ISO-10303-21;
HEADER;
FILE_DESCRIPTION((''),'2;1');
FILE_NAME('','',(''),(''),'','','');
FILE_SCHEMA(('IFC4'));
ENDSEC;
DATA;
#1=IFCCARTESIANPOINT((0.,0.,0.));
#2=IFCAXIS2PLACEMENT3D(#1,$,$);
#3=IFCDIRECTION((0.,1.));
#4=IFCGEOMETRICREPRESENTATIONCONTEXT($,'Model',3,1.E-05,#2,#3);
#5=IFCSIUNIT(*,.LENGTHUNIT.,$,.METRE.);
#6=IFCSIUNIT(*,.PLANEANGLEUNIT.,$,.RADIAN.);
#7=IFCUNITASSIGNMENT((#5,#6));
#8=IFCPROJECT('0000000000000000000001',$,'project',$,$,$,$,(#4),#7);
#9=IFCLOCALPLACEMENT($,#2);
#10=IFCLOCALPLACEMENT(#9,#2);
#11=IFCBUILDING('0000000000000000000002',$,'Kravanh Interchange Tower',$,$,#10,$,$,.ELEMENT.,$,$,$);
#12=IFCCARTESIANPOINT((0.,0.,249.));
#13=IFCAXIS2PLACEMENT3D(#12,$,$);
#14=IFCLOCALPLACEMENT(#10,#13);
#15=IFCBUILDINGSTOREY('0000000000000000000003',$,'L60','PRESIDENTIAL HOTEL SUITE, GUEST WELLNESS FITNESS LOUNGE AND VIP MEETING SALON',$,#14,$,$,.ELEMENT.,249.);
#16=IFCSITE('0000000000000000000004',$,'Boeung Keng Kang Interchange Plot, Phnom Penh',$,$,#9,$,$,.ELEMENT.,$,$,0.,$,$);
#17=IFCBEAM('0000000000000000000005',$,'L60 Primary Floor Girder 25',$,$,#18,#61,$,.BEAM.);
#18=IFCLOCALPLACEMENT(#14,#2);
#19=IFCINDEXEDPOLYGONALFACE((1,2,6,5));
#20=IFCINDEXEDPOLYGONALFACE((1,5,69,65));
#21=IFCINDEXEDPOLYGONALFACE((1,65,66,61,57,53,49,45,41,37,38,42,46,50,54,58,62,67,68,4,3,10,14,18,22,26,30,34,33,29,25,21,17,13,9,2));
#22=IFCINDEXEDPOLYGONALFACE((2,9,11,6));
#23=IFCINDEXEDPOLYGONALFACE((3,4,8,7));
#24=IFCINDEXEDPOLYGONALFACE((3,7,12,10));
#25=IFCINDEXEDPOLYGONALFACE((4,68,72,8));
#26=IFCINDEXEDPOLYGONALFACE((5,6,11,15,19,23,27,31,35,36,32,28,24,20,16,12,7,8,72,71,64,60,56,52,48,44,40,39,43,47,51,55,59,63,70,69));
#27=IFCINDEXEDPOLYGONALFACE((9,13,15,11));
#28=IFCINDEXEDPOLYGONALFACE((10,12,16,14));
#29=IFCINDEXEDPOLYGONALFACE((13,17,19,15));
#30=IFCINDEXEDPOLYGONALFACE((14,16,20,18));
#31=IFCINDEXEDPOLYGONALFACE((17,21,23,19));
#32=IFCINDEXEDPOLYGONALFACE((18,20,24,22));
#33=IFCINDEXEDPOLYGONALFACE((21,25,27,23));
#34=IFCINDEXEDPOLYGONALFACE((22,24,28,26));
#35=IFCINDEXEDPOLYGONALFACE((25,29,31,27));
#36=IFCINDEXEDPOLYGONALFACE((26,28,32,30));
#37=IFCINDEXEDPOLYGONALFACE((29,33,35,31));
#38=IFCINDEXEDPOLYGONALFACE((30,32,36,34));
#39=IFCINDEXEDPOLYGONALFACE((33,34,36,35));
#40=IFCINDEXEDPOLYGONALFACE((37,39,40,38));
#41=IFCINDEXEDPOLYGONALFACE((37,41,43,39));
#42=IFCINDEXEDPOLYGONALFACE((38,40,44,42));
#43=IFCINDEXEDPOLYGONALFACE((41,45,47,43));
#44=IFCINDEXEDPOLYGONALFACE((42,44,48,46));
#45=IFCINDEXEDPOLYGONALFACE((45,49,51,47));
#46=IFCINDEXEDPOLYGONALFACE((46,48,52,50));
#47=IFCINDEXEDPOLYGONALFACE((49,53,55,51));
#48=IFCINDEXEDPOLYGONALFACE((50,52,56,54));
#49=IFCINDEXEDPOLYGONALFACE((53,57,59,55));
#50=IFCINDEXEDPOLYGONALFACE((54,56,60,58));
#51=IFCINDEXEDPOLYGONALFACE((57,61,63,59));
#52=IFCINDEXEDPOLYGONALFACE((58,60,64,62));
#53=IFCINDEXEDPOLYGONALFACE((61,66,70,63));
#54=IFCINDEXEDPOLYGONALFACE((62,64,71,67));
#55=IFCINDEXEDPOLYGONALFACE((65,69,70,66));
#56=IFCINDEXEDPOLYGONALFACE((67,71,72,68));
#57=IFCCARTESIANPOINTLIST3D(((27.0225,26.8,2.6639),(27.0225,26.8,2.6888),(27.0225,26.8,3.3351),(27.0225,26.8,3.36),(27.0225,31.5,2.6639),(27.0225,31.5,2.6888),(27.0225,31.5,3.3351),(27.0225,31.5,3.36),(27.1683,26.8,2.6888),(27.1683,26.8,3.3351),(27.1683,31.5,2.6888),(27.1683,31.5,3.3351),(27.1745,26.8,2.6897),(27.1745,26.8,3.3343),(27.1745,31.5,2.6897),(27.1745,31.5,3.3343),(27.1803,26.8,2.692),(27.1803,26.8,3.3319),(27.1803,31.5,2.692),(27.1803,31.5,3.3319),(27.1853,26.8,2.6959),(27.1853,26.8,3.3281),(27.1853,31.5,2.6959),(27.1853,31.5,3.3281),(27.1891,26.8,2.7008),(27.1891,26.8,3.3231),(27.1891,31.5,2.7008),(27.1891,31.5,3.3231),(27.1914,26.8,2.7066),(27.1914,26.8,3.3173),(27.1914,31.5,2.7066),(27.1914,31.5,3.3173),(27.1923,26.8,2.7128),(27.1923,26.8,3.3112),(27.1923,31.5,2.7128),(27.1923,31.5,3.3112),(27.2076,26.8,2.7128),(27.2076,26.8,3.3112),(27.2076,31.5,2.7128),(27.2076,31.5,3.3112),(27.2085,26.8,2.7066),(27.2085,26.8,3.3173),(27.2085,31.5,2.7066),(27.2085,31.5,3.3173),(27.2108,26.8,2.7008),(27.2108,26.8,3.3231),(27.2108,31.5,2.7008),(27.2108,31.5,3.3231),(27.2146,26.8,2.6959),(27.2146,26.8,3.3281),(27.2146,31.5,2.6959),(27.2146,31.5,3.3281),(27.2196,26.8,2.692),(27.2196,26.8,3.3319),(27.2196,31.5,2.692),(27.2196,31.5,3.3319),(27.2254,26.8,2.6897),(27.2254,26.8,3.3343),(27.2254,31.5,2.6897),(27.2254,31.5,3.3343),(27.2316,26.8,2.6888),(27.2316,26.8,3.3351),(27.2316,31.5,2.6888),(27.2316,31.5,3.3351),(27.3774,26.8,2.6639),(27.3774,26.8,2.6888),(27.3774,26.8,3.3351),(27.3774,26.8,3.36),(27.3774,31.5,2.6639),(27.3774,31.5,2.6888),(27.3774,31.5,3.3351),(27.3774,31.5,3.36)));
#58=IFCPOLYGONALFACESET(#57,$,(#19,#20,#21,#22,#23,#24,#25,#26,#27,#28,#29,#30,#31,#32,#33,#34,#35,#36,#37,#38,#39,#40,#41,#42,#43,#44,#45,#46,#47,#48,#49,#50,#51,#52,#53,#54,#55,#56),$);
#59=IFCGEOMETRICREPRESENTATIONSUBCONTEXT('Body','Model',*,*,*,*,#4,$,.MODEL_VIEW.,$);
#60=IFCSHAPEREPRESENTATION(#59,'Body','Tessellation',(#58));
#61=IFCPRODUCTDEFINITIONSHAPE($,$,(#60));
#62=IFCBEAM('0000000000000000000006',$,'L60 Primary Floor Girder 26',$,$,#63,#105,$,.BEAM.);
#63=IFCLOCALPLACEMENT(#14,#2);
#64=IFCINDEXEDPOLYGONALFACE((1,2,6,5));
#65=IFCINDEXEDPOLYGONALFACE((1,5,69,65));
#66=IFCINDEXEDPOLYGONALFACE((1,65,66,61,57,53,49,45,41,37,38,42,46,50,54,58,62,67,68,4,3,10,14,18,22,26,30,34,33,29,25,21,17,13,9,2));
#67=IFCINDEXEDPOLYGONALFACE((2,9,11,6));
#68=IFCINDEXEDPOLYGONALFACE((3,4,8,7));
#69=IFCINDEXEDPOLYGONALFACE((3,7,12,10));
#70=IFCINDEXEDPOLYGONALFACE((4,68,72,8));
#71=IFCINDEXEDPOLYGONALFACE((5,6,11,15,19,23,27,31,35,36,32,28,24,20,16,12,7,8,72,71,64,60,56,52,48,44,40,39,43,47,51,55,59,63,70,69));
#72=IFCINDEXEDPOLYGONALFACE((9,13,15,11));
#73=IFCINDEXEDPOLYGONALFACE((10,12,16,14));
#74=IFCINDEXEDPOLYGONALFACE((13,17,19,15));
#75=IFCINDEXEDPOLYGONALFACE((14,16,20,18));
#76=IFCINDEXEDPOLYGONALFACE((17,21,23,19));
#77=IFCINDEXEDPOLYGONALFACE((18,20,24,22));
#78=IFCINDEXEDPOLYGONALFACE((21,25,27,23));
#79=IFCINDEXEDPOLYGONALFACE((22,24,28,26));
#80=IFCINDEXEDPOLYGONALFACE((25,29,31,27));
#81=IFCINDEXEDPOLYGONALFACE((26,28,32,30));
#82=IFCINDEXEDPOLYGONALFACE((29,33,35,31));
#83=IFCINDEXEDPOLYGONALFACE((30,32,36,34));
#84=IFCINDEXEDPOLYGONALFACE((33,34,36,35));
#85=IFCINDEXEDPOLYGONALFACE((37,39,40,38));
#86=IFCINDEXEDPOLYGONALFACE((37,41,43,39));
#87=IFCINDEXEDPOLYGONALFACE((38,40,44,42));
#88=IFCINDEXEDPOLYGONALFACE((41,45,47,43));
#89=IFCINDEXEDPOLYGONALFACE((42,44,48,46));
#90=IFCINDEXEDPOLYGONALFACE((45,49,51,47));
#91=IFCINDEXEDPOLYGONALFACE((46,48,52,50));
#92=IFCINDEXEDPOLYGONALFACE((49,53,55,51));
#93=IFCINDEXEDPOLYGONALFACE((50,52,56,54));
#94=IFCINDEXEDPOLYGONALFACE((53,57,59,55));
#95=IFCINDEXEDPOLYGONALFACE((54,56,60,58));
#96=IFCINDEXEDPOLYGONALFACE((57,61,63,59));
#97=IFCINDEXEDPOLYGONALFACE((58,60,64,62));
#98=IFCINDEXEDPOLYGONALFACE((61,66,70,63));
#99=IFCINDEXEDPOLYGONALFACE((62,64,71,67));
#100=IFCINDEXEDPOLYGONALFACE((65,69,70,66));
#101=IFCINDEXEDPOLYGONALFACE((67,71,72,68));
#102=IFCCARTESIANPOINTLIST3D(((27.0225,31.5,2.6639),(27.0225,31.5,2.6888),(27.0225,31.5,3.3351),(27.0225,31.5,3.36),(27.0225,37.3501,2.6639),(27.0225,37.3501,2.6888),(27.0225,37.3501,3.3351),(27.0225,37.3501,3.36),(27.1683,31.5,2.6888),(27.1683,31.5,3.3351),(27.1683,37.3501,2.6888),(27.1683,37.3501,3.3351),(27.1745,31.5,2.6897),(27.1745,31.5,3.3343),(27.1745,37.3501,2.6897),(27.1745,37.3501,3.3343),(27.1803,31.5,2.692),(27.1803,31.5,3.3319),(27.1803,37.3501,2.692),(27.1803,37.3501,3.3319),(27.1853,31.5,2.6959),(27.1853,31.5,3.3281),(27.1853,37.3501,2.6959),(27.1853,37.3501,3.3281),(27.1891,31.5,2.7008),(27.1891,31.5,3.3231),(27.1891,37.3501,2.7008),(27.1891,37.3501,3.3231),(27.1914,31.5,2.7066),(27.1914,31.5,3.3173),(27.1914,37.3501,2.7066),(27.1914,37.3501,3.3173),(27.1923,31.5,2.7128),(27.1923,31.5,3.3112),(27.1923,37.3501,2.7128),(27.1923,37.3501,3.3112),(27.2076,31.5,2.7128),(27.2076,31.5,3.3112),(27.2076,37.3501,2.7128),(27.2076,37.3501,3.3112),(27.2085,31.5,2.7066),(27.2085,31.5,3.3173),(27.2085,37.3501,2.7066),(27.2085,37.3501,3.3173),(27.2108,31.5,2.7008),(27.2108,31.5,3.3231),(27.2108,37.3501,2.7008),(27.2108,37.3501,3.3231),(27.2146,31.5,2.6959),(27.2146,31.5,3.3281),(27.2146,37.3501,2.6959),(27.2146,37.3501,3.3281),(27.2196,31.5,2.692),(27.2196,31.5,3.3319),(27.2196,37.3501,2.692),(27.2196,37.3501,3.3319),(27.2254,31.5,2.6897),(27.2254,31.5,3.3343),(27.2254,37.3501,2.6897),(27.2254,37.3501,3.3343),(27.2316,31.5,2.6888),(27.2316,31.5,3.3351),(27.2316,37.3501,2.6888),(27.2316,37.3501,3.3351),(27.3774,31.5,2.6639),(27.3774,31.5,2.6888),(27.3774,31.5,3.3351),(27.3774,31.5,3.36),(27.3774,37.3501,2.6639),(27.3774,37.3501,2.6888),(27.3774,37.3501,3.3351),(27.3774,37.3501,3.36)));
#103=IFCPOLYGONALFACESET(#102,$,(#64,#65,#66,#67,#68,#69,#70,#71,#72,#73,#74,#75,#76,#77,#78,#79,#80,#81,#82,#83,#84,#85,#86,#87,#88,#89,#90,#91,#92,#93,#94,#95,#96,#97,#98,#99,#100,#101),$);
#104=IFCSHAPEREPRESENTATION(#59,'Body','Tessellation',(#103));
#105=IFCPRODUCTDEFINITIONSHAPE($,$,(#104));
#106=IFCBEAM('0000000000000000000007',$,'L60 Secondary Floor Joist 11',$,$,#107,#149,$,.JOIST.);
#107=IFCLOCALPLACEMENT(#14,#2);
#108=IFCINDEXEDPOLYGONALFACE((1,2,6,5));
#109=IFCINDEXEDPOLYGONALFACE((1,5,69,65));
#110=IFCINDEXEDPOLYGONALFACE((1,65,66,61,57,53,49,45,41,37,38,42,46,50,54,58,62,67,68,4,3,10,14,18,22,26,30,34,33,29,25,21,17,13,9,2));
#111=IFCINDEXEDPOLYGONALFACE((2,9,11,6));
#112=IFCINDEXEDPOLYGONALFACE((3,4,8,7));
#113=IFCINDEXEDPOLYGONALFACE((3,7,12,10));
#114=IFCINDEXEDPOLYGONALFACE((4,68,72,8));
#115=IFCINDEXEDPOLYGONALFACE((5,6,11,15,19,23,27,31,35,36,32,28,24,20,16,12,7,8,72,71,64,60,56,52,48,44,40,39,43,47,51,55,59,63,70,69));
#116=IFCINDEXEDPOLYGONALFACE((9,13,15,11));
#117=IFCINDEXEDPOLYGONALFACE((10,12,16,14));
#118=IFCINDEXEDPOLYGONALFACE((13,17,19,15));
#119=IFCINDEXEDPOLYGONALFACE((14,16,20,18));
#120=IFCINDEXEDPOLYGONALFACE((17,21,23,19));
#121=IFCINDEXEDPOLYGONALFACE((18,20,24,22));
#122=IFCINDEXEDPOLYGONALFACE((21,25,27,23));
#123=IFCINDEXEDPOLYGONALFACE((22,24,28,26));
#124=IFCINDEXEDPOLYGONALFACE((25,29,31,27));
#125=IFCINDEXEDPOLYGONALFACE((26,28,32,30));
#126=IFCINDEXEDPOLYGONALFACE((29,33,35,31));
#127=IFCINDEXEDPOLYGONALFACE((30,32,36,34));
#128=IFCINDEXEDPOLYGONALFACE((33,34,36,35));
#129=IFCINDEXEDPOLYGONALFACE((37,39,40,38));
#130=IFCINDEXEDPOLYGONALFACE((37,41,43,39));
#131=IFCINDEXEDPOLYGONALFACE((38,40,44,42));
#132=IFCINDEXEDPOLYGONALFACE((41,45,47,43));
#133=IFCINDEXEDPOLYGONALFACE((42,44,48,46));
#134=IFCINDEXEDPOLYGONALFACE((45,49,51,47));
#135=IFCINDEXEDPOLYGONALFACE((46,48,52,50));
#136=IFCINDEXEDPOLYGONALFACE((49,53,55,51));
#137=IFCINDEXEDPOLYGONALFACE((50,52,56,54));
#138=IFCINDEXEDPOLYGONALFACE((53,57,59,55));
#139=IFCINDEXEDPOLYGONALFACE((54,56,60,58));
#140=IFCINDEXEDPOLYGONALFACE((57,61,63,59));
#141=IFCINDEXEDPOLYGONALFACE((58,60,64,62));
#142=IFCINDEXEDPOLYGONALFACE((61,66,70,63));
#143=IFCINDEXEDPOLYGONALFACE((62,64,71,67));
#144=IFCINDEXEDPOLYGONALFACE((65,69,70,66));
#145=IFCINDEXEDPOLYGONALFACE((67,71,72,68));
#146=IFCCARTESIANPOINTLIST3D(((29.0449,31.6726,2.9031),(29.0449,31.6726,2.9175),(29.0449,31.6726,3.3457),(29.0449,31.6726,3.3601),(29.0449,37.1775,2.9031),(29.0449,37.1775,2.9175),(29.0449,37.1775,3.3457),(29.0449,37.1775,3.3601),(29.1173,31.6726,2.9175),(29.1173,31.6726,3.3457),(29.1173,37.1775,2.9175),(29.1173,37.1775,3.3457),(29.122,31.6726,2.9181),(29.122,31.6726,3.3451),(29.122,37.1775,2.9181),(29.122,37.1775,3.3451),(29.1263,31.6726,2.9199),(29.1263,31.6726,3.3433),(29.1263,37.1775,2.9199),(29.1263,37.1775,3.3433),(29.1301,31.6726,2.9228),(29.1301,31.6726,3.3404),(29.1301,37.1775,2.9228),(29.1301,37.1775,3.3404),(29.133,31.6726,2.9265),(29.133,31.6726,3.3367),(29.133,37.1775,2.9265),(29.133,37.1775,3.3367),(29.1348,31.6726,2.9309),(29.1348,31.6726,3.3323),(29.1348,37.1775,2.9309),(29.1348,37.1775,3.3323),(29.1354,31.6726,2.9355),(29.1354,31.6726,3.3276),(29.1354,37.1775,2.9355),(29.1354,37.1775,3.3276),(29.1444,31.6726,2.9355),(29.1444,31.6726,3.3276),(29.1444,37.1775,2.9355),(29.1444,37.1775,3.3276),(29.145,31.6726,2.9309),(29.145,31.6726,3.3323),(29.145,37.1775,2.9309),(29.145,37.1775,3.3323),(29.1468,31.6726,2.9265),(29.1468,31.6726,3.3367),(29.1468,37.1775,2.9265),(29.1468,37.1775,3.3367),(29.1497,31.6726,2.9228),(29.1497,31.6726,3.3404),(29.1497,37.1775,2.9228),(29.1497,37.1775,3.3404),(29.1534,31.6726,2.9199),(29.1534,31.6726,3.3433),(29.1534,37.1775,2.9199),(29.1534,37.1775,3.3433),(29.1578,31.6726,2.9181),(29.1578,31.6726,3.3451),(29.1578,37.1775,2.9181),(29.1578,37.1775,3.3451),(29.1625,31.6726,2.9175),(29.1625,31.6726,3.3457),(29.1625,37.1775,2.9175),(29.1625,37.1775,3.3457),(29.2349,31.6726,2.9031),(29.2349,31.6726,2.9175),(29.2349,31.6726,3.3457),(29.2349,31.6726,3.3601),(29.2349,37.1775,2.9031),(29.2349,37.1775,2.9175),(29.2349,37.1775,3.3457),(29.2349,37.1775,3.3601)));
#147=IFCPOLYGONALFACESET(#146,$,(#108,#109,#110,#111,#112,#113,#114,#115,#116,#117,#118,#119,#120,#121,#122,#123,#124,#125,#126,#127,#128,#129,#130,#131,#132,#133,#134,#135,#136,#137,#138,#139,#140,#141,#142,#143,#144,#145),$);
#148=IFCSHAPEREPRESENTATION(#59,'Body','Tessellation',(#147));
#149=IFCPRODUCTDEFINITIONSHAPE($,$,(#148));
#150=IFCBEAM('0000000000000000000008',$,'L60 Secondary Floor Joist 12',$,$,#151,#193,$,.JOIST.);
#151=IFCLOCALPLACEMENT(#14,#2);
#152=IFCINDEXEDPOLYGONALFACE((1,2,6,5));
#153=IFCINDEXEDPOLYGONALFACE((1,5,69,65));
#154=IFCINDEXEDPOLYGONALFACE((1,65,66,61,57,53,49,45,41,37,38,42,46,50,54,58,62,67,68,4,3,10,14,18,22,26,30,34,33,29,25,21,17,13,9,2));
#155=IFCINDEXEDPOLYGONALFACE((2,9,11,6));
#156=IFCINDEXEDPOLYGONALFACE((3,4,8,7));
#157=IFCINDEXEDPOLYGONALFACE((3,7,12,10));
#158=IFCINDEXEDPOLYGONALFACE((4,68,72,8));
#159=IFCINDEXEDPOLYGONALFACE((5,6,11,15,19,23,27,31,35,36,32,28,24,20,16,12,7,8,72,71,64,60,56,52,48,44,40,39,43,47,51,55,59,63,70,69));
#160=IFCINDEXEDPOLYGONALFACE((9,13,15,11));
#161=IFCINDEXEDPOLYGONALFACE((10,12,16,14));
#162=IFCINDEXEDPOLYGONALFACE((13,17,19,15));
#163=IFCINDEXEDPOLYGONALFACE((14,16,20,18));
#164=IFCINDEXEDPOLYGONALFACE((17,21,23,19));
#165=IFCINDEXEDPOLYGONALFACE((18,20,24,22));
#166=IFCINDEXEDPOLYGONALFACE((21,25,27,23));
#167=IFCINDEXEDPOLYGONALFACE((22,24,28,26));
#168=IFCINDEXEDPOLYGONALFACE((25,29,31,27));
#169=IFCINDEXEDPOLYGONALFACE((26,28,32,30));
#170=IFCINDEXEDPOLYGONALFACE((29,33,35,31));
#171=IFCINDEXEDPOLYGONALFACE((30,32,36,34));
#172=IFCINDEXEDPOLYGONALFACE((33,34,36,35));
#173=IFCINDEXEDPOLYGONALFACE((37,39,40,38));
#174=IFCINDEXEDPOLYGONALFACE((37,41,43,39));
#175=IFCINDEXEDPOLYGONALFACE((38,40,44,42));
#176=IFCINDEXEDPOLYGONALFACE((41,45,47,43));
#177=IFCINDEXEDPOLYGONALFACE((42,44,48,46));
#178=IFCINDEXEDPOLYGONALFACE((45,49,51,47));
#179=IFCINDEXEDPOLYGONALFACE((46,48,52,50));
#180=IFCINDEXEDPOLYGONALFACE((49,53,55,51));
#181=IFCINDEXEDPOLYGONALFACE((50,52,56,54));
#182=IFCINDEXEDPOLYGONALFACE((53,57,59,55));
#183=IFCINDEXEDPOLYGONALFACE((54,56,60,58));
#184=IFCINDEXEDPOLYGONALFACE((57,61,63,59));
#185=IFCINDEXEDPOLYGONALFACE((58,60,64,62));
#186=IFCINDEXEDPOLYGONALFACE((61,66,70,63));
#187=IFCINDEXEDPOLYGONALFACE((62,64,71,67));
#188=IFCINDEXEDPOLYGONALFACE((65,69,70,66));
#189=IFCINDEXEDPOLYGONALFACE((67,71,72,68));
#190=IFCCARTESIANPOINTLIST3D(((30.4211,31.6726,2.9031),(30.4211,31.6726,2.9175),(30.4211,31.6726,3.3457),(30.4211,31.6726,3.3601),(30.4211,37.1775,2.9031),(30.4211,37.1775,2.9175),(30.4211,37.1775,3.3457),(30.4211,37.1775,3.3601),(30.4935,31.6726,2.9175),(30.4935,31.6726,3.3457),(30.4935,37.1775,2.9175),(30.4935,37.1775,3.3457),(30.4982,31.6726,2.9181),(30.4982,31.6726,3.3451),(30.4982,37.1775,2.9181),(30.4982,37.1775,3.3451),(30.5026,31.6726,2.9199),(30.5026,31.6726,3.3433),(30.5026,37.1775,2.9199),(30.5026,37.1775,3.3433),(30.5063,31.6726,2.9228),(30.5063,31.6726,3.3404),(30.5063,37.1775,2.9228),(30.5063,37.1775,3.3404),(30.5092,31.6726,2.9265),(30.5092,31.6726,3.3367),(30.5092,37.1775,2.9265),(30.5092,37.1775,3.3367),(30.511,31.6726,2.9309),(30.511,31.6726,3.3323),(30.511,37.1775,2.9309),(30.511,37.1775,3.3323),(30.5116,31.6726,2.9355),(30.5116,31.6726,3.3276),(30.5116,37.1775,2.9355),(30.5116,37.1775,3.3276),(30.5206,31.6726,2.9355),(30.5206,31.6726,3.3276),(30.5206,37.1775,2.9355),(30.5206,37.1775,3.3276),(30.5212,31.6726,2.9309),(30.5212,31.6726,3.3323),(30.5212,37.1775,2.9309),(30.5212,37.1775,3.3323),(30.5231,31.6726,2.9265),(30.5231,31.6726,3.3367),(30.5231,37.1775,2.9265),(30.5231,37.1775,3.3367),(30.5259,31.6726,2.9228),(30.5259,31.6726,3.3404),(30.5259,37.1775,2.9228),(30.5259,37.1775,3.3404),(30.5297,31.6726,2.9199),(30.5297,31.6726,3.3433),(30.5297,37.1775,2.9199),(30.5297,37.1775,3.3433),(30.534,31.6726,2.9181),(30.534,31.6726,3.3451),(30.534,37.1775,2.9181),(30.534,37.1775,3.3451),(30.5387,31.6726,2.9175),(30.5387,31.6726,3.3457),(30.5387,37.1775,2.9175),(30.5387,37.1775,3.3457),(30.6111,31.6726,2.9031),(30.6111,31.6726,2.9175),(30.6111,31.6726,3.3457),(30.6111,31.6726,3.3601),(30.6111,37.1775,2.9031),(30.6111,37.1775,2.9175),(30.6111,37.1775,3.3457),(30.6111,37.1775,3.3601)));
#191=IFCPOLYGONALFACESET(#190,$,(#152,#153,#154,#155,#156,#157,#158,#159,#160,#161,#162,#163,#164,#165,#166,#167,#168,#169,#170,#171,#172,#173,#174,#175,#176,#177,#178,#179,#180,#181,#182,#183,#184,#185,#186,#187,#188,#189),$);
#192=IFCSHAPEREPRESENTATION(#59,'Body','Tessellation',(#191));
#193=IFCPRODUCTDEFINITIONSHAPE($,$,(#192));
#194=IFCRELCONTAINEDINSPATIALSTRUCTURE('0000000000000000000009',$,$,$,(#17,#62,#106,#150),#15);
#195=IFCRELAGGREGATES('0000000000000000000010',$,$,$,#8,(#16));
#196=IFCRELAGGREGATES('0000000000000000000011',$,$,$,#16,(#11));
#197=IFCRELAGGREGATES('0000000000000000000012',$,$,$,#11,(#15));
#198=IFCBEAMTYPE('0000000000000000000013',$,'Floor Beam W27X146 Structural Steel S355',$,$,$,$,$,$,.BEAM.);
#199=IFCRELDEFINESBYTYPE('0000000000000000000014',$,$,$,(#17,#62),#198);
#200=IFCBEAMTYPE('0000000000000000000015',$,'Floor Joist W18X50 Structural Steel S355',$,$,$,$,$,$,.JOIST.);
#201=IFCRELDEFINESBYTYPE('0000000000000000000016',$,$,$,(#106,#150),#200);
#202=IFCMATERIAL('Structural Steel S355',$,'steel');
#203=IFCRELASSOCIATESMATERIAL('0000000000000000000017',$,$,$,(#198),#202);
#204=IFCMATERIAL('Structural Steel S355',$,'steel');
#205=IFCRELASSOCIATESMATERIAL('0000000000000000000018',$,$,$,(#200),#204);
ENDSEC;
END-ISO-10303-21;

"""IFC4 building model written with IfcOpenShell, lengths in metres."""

from ifc_helpers import new_model, si_unit, direction, frame, origin, origin_2d, place, context, subcontext, project, spatial, i_section, extrude, material, material_profile, profile_set, type_object, element, save


model = new_model("IFC4")

# Units and contexts
model_context = context("Model", 3, precision=1e-05, world=origin(), true_north=direction((0.0, 1.0)))
body_context = subcontext(model_context, "Body", "Model", "MODEL_VIEW")
ifc_project = project(units=[si_unit("LENGTHUNIT", "METRE"), si_unit("PLANEANGLEUNIT", "RADIAN")], contexts=[model_context])

# Site, building, storey
site_placement = place(None, origin())
site = spatial("IfcSite", under=ifc_project, at=site_placement, Name="Boeung Keng Kang Interchange Plot, Phnom Penh", CompositionType="ELEMENT", RefElevation=0.0)
building_placement = place(site_placement, origin())
building = spatial("IfcBuilding", under=site, at=building_placement, Name="Kravanh Interchange Tower", CompositionType="ELEMENT")
storey_placement = place(building_placement, frame((0.0, 0.0, 249.0)))
storey = spatial("IfcBuildingStorey", under=building, at=storey_placement, Name="L60", Description="PRESIDENTIAL HOTEL SUITE, GUEST WELLNESS FITNESS LOUNGE AND VIP MEETING SALON", CompositionType="ELEMENT", Elevation=249.0)

# Beams
ifc_material_1 = material(Name="Structural Steel S355", Category="steel")
ifc_material_profile_1 = material_profile(ifc_material_1, i_section(OverallWidth=0.355, OverallDepth=0.696, WebThickness=0.0154, FlangeThickness=0.0249, FilletRadius=0.0239, at=origin_2d()), Name="W27X146")
ifc_profile_set_1 = profile_set([ifc_material_profile_1], Name="Structural Steel S355")
beam_type_1 = type_object("IfcBeamType", Name="Floor Beam W27X146 Structural Steel S355", PredefinedType="BEAM", material=ifc_profile_set_1)
beam_1_placement = place(storey_placement, frame((27.2, 31.5, 3.012), z_axis=(0.0, -1.0, 0.0), x_axis=(1.0, 0.0, 0.0)))
element("IfcBeam", 1, at=beam_1_placement, inside=storey, type_object=beam_type_1, Name="L60 Primary Floor Girder 25", PredefinedType="BEAM", context=body_context, shape_type="SweptSolid", body=[
    extrude(i_section(OverallWidth=0.355, OverallDepth=0.696, WebThickness=0.0154, FlangeThickness=0.0249, FilletRadius=0.0239, at=origin_2d()), origin(), (0.0, 0.0, 1.0), 4.7),
])
beam_2_placement = place(storey_placement, frame((27.2, 31.5, 3.012), z_axis=(0.0, 1.0, 0.0), x_axis=(-1.0, 0.0, 0.0)))
element("IfcBeam", 2, at=beam_2_placement, inside=storey, type_object=beam_type_1, Name="L60 Primary Floor Girder 26", PredefinedType="BEAM", context=body_context, shape_type="SweptSolid", body=[
    extrude(i_section(OverallWidth=0.355, OverallDepth=0.696, WebThickness=0.0154, FlangeThickness=0.0249, FilletRadius=0.0239, at=origin_2d()), origin(), (0.0, 0.0, 1.0), 5.8501),
])
ifc_material_2 = material(Name="Structural Steel S355", Category="steel")
ifc_material_profile_2 = material_profile(ifc_material_2, i_section(OverallWidth=0.1899, OverallDepth=0.457, WebThickness=0.009, FlangeThickness=0.0144, FilletRadius=0.0181, at=origin_2d()), Name="W18X50")
ifc_profile_set_2 = profile_set([ifc_material_profile_2], Name="Structural Steel S355")
beam_type_2 = type_object("IfcBeamType", Name="Floor Joist W18X50 Structural Steel S355", PredefinedType="JOIST", material=ifc_profile_set_2)
for number, where, z_axis, x_axis, name in (
    (3, (29.1399, 31.6726, 3.1316), (0.0, 1.0, 0.0), (-1.0, 0.0, 0.0), "L60 Secondary Floor Joist 11"),
    (4, (30.5161, 31.6726, 3.1316), (0.0, 1.0, 0.0), (-1.0, 0.0, 0.0), "L60 Secondary Floor Joist 12"),
):
    element("IfcBeam", number, at=place(storey_placement, frame(where, z_axis=z_axis, x_axis=x_axis)), inside=storey, type_object=beam_type_2, Name=name, PredefinedType="JOIST", context=body_context, shape_type="SweptSolid", body=[
        extrude(i_section(OverallWidth=0.1899, OverallDepth=0.457, WebThickness=0.009, FlangeThickness=0.0144, FilletRadius=0.0181, at=origin_2d()), origin(), (0.0, 0.0, 1.0), 5.5049),
    ])

save(model, "model.ifc")
